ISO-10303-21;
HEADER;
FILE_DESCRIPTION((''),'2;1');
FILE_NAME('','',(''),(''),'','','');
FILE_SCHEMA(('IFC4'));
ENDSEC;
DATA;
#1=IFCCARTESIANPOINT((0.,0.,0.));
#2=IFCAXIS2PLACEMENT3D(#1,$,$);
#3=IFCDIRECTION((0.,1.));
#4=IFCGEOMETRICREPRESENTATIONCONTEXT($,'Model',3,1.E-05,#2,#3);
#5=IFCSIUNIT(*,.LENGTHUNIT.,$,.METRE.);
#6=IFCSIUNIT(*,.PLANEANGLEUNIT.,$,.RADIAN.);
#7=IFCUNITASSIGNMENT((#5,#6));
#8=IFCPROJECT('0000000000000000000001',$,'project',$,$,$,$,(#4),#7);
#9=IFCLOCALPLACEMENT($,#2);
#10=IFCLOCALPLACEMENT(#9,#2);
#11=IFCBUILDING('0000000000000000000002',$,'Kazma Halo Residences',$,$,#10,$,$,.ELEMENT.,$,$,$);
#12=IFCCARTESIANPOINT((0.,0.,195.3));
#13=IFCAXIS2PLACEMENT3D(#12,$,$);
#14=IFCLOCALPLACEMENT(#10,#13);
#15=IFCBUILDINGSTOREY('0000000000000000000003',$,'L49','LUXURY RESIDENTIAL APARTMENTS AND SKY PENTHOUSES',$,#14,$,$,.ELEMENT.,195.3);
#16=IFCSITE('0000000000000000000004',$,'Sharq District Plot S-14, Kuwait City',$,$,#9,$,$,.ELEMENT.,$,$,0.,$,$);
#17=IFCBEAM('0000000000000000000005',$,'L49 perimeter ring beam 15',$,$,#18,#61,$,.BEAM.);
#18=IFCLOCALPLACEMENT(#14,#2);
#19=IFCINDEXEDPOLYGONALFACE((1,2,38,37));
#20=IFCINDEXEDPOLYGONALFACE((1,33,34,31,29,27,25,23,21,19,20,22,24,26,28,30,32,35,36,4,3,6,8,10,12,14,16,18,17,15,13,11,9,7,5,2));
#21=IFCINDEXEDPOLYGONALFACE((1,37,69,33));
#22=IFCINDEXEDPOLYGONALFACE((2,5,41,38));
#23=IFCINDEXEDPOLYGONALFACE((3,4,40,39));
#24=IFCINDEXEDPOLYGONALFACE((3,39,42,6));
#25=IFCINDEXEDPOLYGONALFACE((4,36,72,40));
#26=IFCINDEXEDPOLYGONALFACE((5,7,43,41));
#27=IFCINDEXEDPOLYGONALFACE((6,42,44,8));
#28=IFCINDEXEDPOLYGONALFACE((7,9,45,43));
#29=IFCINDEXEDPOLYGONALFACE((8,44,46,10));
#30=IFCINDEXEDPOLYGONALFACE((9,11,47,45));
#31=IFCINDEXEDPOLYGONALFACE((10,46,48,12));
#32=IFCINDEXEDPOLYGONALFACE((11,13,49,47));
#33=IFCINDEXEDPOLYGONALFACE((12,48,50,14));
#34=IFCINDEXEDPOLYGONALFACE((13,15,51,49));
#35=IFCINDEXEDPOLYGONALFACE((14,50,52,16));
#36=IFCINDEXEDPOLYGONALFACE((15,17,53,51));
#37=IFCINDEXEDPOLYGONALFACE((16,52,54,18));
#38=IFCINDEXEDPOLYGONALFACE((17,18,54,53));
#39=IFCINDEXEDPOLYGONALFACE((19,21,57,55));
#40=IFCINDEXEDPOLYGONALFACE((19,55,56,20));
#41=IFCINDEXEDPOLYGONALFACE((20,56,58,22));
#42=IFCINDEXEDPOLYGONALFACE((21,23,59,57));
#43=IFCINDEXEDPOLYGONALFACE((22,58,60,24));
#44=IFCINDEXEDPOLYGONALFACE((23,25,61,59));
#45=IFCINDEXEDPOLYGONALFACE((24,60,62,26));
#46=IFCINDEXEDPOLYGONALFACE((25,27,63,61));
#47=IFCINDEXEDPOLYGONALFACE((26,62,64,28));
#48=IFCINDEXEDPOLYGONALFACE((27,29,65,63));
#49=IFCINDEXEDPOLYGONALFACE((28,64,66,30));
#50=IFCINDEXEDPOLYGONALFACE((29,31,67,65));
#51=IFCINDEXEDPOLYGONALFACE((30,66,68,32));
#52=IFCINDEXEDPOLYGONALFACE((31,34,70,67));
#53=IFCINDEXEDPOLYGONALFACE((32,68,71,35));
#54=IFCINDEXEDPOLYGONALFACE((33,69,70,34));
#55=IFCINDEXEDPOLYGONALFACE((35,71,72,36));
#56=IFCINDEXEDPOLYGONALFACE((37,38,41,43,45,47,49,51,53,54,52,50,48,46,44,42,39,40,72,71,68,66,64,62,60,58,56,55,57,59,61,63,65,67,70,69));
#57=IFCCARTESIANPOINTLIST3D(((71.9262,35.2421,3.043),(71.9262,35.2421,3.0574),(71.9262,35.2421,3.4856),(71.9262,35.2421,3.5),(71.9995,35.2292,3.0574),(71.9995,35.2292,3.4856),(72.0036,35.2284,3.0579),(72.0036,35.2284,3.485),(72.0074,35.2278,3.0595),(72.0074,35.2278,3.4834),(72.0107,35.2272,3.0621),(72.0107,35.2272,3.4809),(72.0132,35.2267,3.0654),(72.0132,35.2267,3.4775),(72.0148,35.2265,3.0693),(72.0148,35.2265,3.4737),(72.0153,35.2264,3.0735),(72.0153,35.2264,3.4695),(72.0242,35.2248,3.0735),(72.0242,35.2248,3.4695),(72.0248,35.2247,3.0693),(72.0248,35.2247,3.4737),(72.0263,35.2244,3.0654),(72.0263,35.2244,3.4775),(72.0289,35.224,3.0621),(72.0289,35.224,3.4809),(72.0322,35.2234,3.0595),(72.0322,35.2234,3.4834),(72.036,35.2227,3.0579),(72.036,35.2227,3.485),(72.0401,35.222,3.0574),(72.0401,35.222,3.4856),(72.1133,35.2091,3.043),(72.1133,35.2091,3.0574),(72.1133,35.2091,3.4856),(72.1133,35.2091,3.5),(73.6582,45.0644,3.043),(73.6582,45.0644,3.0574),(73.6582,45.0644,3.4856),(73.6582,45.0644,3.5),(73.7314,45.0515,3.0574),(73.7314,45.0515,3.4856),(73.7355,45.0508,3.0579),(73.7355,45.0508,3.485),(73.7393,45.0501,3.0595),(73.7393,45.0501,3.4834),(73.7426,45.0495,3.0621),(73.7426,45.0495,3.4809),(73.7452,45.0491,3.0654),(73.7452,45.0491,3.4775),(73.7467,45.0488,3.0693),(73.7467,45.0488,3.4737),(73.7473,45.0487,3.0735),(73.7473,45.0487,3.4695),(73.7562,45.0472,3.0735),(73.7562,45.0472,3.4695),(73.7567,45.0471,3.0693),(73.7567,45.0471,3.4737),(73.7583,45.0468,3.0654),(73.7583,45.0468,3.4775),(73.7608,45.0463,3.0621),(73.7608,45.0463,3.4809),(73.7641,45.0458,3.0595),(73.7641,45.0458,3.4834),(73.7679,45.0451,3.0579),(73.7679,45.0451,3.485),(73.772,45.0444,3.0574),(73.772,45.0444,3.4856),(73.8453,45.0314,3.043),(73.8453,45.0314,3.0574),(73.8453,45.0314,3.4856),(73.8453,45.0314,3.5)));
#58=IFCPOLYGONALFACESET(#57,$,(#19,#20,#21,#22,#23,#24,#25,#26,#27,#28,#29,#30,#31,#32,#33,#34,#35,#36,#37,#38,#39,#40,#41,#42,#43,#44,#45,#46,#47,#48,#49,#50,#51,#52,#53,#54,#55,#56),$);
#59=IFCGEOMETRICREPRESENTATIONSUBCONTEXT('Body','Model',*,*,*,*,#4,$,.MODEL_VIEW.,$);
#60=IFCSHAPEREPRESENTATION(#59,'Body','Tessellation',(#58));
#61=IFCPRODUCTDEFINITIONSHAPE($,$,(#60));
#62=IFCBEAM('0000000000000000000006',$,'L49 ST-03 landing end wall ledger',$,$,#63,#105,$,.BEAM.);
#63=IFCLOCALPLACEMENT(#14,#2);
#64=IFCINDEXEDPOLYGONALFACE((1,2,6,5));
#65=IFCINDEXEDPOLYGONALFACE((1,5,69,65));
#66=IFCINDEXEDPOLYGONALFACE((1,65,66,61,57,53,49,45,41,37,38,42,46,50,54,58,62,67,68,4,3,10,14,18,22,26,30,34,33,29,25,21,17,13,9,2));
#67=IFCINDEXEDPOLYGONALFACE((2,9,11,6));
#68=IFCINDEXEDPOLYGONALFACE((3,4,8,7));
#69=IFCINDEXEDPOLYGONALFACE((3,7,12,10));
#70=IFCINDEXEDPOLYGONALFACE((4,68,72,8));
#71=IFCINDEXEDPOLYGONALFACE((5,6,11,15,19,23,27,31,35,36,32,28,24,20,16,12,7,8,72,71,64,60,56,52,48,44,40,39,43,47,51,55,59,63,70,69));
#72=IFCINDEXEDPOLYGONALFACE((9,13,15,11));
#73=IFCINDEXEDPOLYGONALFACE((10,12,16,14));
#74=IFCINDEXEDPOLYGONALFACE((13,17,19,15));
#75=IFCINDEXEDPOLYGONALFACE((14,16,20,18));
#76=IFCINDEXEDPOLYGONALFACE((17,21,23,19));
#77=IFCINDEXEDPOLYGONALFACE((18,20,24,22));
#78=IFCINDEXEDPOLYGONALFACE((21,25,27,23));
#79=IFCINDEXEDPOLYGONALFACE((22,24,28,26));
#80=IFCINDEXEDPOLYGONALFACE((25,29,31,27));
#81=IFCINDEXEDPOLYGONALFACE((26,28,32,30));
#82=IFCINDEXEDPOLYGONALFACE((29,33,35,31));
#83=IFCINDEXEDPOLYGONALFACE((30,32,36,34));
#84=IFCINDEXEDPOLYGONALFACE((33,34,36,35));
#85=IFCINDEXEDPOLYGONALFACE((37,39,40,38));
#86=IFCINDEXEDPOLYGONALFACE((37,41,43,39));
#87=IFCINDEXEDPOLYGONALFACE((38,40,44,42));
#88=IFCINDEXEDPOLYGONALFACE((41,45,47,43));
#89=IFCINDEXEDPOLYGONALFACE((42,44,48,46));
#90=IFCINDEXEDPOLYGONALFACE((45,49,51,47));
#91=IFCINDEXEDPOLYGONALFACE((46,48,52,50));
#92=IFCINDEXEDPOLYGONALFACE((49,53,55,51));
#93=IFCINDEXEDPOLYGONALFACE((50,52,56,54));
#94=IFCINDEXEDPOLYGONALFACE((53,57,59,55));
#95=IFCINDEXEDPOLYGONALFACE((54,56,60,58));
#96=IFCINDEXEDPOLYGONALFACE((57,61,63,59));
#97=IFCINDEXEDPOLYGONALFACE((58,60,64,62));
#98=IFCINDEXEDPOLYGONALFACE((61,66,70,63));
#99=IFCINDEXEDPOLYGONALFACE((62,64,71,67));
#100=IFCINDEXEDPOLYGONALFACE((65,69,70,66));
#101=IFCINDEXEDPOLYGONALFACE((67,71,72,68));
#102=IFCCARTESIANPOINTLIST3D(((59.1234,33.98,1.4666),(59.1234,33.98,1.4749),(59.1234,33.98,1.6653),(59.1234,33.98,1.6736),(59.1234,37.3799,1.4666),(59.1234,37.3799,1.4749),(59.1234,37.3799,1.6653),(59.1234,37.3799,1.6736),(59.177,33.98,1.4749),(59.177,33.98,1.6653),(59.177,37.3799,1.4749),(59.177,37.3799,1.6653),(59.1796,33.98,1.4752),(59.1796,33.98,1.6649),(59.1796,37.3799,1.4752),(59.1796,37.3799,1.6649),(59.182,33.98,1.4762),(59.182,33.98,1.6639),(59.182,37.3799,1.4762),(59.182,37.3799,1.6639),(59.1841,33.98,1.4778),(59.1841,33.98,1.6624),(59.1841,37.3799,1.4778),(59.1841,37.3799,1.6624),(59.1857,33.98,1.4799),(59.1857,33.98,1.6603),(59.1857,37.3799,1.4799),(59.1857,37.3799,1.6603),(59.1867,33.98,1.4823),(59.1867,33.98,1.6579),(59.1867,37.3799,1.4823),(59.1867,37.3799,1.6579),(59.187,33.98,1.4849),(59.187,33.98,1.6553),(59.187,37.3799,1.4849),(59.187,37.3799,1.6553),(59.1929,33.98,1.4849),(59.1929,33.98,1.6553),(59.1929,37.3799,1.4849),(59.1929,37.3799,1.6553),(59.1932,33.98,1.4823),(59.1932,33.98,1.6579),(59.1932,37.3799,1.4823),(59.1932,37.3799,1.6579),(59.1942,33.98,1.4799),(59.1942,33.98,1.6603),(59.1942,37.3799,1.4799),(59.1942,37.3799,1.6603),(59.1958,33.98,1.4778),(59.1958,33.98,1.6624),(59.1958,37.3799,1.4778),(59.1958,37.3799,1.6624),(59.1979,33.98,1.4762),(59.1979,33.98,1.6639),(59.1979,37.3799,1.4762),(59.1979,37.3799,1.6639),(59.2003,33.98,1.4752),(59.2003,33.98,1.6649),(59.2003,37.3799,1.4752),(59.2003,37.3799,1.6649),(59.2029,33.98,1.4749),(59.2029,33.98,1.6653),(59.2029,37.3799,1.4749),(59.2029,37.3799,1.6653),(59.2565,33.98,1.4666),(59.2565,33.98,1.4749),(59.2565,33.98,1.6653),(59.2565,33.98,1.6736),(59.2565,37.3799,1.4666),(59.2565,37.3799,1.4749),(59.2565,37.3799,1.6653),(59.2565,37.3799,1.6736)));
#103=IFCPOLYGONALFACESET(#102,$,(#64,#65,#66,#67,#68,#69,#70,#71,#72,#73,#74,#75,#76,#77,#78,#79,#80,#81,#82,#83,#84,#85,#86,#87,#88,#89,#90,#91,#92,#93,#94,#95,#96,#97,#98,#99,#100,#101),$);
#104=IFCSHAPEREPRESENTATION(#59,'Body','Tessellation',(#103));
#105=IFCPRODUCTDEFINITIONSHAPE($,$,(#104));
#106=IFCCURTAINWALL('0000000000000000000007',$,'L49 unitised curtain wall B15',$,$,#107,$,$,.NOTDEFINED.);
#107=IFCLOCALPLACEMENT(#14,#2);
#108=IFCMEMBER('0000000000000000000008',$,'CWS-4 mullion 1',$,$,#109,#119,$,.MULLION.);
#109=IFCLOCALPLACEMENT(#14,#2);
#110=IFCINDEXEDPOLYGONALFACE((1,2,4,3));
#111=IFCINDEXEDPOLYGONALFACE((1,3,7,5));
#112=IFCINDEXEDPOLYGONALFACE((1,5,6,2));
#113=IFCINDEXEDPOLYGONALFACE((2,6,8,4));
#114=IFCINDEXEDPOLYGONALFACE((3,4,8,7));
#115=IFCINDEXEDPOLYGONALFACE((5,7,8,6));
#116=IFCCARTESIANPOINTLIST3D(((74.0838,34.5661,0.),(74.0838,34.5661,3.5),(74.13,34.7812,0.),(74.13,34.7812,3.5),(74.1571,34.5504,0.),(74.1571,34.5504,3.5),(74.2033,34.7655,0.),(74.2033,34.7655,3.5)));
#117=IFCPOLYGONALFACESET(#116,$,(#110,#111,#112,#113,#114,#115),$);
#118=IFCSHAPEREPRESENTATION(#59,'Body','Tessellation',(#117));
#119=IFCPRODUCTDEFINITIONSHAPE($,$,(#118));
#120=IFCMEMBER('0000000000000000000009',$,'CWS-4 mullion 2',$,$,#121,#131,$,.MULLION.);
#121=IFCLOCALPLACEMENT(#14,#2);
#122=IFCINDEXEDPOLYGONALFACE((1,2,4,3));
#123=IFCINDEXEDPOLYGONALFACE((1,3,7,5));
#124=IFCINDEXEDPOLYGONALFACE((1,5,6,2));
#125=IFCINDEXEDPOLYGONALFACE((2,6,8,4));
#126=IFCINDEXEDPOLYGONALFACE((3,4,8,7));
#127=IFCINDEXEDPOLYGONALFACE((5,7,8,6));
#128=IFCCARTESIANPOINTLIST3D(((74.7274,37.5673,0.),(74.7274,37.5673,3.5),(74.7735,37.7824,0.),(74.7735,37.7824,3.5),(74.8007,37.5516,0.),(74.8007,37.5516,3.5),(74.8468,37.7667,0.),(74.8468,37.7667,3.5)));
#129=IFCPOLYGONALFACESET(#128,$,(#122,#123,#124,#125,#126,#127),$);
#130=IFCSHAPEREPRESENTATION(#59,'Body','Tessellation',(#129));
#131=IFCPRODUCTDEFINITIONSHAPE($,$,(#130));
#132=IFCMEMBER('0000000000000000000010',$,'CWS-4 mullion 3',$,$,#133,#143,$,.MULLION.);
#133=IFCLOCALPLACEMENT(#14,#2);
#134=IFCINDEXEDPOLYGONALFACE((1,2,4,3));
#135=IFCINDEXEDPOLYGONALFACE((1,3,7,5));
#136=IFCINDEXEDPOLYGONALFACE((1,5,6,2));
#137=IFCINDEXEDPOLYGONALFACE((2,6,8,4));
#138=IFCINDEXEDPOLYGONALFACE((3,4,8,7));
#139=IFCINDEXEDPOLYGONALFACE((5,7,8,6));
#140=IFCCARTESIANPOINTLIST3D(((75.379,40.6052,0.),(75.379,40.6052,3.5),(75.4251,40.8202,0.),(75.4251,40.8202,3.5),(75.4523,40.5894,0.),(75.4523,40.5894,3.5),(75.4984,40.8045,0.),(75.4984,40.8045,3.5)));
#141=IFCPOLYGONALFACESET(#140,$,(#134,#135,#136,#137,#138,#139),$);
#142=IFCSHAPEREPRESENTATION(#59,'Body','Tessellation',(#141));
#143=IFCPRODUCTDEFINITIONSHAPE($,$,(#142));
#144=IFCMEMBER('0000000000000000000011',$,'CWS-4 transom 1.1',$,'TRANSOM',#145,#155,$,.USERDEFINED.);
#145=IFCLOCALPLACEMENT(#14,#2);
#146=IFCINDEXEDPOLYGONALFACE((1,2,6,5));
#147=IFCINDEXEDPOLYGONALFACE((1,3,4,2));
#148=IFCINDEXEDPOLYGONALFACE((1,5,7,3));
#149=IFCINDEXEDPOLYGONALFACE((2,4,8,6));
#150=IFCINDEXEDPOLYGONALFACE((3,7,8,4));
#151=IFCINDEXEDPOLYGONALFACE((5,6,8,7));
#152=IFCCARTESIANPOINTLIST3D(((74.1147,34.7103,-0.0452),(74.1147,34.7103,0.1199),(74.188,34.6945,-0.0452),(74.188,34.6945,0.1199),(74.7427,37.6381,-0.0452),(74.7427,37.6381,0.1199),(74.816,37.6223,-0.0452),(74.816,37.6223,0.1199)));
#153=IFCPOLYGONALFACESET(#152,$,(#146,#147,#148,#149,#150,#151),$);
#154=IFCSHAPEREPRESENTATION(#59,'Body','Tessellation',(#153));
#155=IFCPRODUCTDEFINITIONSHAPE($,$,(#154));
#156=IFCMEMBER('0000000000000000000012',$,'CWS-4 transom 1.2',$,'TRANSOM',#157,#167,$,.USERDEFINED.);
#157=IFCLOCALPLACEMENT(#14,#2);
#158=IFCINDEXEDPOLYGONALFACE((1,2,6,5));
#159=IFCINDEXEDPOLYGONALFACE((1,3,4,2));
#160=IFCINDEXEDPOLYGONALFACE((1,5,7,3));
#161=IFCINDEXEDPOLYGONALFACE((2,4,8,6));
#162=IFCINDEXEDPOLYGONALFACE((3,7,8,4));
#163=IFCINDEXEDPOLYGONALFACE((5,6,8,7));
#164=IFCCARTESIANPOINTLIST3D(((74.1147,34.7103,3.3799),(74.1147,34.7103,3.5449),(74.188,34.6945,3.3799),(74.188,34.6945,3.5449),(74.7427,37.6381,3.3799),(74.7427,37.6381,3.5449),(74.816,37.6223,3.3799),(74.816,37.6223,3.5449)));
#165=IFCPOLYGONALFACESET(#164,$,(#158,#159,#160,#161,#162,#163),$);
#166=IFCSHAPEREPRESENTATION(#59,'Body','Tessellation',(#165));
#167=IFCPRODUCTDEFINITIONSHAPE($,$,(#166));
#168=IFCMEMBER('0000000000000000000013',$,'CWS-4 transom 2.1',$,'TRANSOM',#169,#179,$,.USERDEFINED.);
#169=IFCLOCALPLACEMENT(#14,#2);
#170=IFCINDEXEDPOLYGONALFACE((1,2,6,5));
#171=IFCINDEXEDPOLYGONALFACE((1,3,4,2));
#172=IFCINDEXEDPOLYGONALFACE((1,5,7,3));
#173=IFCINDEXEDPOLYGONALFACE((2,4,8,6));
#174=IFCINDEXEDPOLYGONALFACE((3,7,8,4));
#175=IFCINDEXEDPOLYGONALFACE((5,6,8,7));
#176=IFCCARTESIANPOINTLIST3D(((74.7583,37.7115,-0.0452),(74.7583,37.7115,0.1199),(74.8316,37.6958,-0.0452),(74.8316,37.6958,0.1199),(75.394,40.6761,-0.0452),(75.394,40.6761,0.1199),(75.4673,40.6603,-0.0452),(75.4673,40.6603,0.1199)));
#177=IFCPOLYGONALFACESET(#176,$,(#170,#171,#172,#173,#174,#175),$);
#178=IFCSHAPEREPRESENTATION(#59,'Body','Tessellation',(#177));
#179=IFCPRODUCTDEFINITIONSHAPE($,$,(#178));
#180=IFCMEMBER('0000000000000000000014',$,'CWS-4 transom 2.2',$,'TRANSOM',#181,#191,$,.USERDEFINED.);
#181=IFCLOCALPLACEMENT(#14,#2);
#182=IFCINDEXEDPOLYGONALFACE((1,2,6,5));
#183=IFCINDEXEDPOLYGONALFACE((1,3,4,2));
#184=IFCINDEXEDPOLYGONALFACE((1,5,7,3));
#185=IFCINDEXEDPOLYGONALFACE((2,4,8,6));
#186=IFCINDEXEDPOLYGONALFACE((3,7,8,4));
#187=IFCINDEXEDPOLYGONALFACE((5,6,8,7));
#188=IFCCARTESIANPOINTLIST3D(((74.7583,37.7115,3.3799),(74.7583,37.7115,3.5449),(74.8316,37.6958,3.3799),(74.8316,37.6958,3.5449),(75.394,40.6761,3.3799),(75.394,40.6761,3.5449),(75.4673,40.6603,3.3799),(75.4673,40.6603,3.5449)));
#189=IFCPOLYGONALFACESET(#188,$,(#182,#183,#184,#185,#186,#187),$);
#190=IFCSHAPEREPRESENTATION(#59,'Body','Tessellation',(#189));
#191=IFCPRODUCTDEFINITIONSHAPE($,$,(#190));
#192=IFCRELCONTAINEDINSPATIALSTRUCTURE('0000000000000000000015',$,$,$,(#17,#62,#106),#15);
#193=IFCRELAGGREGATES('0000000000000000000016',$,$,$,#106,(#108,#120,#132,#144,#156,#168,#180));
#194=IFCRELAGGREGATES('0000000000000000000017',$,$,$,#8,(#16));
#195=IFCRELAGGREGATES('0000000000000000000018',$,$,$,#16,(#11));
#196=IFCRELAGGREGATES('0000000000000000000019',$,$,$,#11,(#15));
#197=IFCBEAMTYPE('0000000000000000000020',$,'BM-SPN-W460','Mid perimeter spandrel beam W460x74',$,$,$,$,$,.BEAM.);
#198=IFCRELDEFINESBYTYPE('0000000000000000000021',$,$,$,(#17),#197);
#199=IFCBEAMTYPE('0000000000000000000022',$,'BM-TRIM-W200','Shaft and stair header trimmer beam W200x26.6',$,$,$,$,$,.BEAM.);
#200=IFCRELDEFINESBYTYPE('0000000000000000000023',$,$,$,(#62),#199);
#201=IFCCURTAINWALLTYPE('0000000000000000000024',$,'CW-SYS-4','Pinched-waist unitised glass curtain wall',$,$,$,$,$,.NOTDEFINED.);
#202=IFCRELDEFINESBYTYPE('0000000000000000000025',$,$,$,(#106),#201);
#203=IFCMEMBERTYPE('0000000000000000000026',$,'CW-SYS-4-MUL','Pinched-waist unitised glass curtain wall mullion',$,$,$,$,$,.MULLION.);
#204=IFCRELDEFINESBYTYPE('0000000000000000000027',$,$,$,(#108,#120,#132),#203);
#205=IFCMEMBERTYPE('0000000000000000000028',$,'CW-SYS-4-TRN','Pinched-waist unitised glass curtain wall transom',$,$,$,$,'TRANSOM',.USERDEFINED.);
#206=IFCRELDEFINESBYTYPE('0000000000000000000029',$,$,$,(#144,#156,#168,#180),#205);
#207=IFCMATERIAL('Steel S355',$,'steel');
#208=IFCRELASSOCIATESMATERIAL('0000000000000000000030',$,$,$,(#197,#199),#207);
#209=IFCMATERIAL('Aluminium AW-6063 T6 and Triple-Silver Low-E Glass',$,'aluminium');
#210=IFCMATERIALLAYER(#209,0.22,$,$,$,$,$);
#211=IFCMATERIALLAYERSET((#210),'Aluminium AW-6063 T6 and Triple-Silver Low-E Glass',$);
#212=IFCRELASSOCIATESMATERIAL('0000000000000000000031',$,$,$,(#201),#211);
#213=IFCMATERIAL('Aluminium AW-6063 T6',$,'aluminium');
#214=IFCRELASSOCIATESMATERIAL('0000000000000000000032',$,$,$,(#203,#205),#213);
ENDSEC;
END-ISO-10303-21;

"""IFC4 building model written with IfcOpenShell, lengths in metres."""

from ifc_helpers import new_model, si_unit, direction, frame, origin, origin_2d, place, context, subcontext, project, spatial, rectangle, i_section, extrude, material, layer, layer_set, material_profile, profile_set, type_object, element, aggregate, save


model = new_model("IFC4")

# Units and contexts
model_context = context("Model", 3, precision=1e-05, world=origin(), true_north=direction((0.0, 1.0)))
body_context = subcontext(model_context, "Body", "Model", "MODEL_VIEW")
ifc_project = project(units=[si_unit("LENGTHUNIT", "METRE"), si_unit("PLANEANGLEUNIT", "RADIAN")], contexts=[model_context])

# Site, building, storey
site_placement = place(None, origin())
site = spatial("IfcSite", under=ifc_project, at=site_placement, Name="Sharq District Plot S-14, Kuwait City", CompositionType="ELEMENT", RefElevation=0.0)
building_placement = place(site_placement, origin())
building = spatial("IfcBuilding", under=site, at=building_placement, Name="Kazma Halo Residences", CompositionType="ELEMENT")
storey_placement = place(building_placement, frame((0.0, 0.0, 195.3)))
storey = spatial("IfcBuildingStorey", under=building, at=storey_placement, Name="L49", Description="LUXURY RESIDENTIAL APARTMENTS AND SKY PENTHOUSES", CompositionType="ELEMENT", Elevation=195.3)

# Beams
ifc_material_1 = material(Name="Steel S355", Category="steel")
ifc_material_profile_1 = material_profile(ifc_material_1, i_section(OverallWidth=0.1899, OverallDepth=0.457, WebThickness=0.009, FlangeThickness=0.0144, FilletRadius=0.0161, at=origin_2d()), Name="W460x74")
ifc_profile_set_1 = profile_set([ifc_material_profile_1], Name="Steel S355")
beam_type_1 = type_object("IfcBeamType", Name="BM-SPN-W460", Description="Mid perimeter spandrel beam W460x74", PredefinedType="BEAM", material=ifc_profile_set_1)
beam_1_placement = place(storey_placement, frame((72.0198, 35.2256, 3.2715), z_axis=(0.173648, 0.984808, 0.0), x_axis=(-0.984808, 0.173648, 0.0)))
element("IfcBeam", 1, at=beam_1_placement, inside=storey, type_object=beam_type_1, Name="L49 perimeter ring beam 15", PredefinedType="BEAM", context=body_context, shape_type="SweptSolid", body=[
    extrude(i_section(OverallWidth=0.1899, OverallDepth=0.457, WebThickness=0.009, FlangeThickness=0.0144, FilletRadius=0.0161, at=origin_2d()), origin(), (0.0, 0.0, 1.0), 9.9739),
])
ifc_material_profile_2 = material_profile(ifc_material_1, i_section(OverallWidth=0.1331, OverallDepth=0.207, WebThickness=0.0059, FlangeThickness=0.0083, FilletRadius=0.01, at=origin_2d()), Name="W200x26.6")
ifc_profile_set_2 = profile_set([ifc_material_profile_2], Name="Steel S355")
beam_type_2 = type_object("IfcBeamType", Name="BM-TRIM-W200", Description="Shaft and stair header trimmer beam W200x26.6", PredefinedType="BEAM", material=ifc_profile_set_2)
beam_2_placement = place(storey_placement, frame((59.1899, 33.98, 1.5701), z_axis=(0.0, 1.0, 0.0), x_axis=(-1.0, 0.0, 0.0)))
element("IfcBeam", 2, at=beam_2_placement, inside=storey, type_object=beam_type_2, Name="L49 ST-03 landing end wall ledger", PredefinedType="BEAM", context=body_context, shape_type="SweptSolid", body=[
    extrude(i_section(OverallWidth=0.1331, OverallDepth=0.207, WebThickness=0.0059, FlangeThickness=0.0083, FilletRadius=0.01, at=origin_2d()), origin(), (0.0, 0.0, 1.0), 3.3999),
])

# Curtain wall, members
ifc_material_2 = material(Name="Aluminium AW-6063 T6 and Triple-Silver Low-E Glass", Category="aluminium")
ifc_layer_1 = layer(ifc_material_2, 0.22)
ifc_layer_set_1 = layer_set([ifc_layer_1], Name="Aluminium AW-6063 T6 and Triple-Silver Low-E Glass")
curtain_wall_type = type_object("IfcCurtainWallType", Name="CW-SYS-4", Description="Pinched-waist unitised glass curtain wall", PredefinedType="NOTDEFINED", material=ifc_layer_set_1)
curtain_wall_placement = place(storey_placement, origin())
curtain_wall = element("IfcCurtainWall", 3, at=curtain_wall_placement, inside=storey, type_object=curtain_wall_type, Name="L49 unitised curtain wall B15", PredefinedType="NOTDEFINED")
ifc_material_3 = material(Name="Aluminium AW-6063 T6", Category="aluminium")
ifc_material_profile_3 = material_profile(ifc_material_3, rectangle(XDim=0.075, YDim=0.22, at=origin_2d()), Name="CWM-75x220")
ifc_profile_set_3 = profile_set([ifc_material_profile_3], Name="Aluminium AW-6063 T6")
member_type_1 = type_object("IfcMemberType", Name="CW-SYS-4-MUL", Description="Pinched-waist unitised glass curtain wall mullion", PredefinedType="MULLION", material=ifc_profile_set_3)
member_1_placement = place(storey_placement, frame((74.1436, 34.6658, 0.0), z_axis=(0.0, 0.0, 1.0), x_axis=(-0.977768, 0.20969, 0.0)))
member_1 = element("IfcMember", 4, at=member_1_placement, type_object=member_type_1, Name="CWS-4 mullion 1", PredefinedType="MULLION", context=body_context, shape_type="SweptSolid", body=[
    extrude(rectangle(XDim=0.075, YDim=0.22, at=origin_2d()), origin(), (0.0, 0.0, 1.0), 3.5),
])
member_2_placement = place(storey_placement, frame((74.7871, 37.667, 0.0), z_axis=(0.0, 0.0, 1.0), x_axis=(-0.977768, 0.20969, 0.0)))
member_2 = element("IfcMember", 5, at=member_2_placement, type_object=member_type_1, Name="CWS-4 mullion 2", PredefinedType="MULLION", context=body_context, shape_type="SweptSolid", body=[
    extrude(rectangle(XDim=0.075, YDim=0.22, at=origin_2d()), origin(), (0.0, 0.0, 1.0), 3.5),
])
member_3_placement = place(storey_placement, frame((75.4387, 40.7048, 0.0), z_axis=(0.0, 0.0, 1.0), x_axis=(-0.977768, 0.20969, 0.0)))
member_3 = element("IfcMember", 6, at=member_3_placement, type_object=member_type_1, Name="CWS-4 mullion 3", PredefinedType="MULLION", context=body_context, shape_type="SweptSolid", body=[
    extrude(rectangle(XDim=0.075, YDim=0.22, at=origin_2d()), origin(), (0.0, 0.0, 1.0), 3.5),
])
ifc_material_profile_4 = material_profile(ifc_material_3, rectangle(XDim=0.075, YDim=0.165, at=origin_2d()), Name="CWT-75x165")
ifc_profile_set_4 = profile_set([ifc_material_profile_4], Name="Aluminium AW-6063 T6")
member_type_2 = type_object("IfcMemberType", Name="CW-SYS-4-TRN", Description="Pinched-waist unitised glass curtain wall transom", ElementType="TRANSOM", PredefinedType="USERDEFINED", material=ifc_profile_set_4)
member_4_placement = place(storey_placement, frame((74.1514, 34.7024, 0.0374), z_axis=(0.209707, 0.977764, 0.0), x_axis=(-0.977764, 0.209707, 0.0)))
member_4 = element("IfcMember", 7, at=member_4_placement, type_object=member_type_2, Name="CWS-4 transom 1.1", ObjectType="TRANSOM", PredefinedType="USERDEFINED", context=body_context, shape_type="SweptSolid", body=[
    extrude(rectangle(XDim=0.075, YDim=0.165, at=origin_2d()), origin(), (0.0, 0.0, 1.0), 2.9944),
])
member_5_placement = place(storey_placement, frame((74.1514, 34.7024, 3.4624), z_axis=(0.209707, 0.977764, 0.0), x_axis=(-0.977764, 0.209707, 0.0)))
member_5 = element("IfcMember", 8, at=member_5_placement, type_object=member_type_2, Name="CWS-4 transom 1.2", ObjectType="TRANSOM", PredefinedType="USERDEFINED", context=body_context, shape_type="SweptSolid", body=[
    extrude(rectangle(XDim=0.075, YDim=0.165, at=origin_2d()), origin(), (0.0, 0.0, 1.0), 2.9944),
])
member_6_placement = place(storey_placement, frame((74.7949, 37.7036, 0.0374), z_axis=(0.209678, 0.977771, 0.0), x_axis=(-0.977771, 0.209678, 0.0)))
member_6 = element("IfcMember", 9, at=member_6_placement, type_object=member_type_2, Name="CWS-4 transom 2.1", ObjectType="TRANSOM", PredefinedType="USERDEFINED", context=body_context, shape_type="SweptSolid", body=[
    extrude(rectangle(XDim=0.075, YDim=0.165, at=origin_2d()), origin(), (0.0, 0.0, 1.0), 3.032),
])
member_7_placement = place(storey_placement, frame((74.7949, 37.7036, 3.4624), z_axis=(0.209678, 0.977771, 0.0), x_axis=(-0.977771, 0.209678, 0.0)))
member_7 = element("IfcMember", 10, at=member_7_placement, type_object=member_type_2, Name="CWS-4 transom 2.2", ObjectType="TRANSOM", PredefinedType="USERDEFINED", context=body_context, shape_type="SweptSolid", body=[
    extrude(rectangle(XDim=0.075, YDim=0.165, at=origin_2d()), origin(), (0.0, 0.0, 1.0), 3.032),
])
aggregate(curtain_wall, [member_1, member_2, member_3, member_4, member_5, member_6, member_7])

save(model, "model.ifc")
